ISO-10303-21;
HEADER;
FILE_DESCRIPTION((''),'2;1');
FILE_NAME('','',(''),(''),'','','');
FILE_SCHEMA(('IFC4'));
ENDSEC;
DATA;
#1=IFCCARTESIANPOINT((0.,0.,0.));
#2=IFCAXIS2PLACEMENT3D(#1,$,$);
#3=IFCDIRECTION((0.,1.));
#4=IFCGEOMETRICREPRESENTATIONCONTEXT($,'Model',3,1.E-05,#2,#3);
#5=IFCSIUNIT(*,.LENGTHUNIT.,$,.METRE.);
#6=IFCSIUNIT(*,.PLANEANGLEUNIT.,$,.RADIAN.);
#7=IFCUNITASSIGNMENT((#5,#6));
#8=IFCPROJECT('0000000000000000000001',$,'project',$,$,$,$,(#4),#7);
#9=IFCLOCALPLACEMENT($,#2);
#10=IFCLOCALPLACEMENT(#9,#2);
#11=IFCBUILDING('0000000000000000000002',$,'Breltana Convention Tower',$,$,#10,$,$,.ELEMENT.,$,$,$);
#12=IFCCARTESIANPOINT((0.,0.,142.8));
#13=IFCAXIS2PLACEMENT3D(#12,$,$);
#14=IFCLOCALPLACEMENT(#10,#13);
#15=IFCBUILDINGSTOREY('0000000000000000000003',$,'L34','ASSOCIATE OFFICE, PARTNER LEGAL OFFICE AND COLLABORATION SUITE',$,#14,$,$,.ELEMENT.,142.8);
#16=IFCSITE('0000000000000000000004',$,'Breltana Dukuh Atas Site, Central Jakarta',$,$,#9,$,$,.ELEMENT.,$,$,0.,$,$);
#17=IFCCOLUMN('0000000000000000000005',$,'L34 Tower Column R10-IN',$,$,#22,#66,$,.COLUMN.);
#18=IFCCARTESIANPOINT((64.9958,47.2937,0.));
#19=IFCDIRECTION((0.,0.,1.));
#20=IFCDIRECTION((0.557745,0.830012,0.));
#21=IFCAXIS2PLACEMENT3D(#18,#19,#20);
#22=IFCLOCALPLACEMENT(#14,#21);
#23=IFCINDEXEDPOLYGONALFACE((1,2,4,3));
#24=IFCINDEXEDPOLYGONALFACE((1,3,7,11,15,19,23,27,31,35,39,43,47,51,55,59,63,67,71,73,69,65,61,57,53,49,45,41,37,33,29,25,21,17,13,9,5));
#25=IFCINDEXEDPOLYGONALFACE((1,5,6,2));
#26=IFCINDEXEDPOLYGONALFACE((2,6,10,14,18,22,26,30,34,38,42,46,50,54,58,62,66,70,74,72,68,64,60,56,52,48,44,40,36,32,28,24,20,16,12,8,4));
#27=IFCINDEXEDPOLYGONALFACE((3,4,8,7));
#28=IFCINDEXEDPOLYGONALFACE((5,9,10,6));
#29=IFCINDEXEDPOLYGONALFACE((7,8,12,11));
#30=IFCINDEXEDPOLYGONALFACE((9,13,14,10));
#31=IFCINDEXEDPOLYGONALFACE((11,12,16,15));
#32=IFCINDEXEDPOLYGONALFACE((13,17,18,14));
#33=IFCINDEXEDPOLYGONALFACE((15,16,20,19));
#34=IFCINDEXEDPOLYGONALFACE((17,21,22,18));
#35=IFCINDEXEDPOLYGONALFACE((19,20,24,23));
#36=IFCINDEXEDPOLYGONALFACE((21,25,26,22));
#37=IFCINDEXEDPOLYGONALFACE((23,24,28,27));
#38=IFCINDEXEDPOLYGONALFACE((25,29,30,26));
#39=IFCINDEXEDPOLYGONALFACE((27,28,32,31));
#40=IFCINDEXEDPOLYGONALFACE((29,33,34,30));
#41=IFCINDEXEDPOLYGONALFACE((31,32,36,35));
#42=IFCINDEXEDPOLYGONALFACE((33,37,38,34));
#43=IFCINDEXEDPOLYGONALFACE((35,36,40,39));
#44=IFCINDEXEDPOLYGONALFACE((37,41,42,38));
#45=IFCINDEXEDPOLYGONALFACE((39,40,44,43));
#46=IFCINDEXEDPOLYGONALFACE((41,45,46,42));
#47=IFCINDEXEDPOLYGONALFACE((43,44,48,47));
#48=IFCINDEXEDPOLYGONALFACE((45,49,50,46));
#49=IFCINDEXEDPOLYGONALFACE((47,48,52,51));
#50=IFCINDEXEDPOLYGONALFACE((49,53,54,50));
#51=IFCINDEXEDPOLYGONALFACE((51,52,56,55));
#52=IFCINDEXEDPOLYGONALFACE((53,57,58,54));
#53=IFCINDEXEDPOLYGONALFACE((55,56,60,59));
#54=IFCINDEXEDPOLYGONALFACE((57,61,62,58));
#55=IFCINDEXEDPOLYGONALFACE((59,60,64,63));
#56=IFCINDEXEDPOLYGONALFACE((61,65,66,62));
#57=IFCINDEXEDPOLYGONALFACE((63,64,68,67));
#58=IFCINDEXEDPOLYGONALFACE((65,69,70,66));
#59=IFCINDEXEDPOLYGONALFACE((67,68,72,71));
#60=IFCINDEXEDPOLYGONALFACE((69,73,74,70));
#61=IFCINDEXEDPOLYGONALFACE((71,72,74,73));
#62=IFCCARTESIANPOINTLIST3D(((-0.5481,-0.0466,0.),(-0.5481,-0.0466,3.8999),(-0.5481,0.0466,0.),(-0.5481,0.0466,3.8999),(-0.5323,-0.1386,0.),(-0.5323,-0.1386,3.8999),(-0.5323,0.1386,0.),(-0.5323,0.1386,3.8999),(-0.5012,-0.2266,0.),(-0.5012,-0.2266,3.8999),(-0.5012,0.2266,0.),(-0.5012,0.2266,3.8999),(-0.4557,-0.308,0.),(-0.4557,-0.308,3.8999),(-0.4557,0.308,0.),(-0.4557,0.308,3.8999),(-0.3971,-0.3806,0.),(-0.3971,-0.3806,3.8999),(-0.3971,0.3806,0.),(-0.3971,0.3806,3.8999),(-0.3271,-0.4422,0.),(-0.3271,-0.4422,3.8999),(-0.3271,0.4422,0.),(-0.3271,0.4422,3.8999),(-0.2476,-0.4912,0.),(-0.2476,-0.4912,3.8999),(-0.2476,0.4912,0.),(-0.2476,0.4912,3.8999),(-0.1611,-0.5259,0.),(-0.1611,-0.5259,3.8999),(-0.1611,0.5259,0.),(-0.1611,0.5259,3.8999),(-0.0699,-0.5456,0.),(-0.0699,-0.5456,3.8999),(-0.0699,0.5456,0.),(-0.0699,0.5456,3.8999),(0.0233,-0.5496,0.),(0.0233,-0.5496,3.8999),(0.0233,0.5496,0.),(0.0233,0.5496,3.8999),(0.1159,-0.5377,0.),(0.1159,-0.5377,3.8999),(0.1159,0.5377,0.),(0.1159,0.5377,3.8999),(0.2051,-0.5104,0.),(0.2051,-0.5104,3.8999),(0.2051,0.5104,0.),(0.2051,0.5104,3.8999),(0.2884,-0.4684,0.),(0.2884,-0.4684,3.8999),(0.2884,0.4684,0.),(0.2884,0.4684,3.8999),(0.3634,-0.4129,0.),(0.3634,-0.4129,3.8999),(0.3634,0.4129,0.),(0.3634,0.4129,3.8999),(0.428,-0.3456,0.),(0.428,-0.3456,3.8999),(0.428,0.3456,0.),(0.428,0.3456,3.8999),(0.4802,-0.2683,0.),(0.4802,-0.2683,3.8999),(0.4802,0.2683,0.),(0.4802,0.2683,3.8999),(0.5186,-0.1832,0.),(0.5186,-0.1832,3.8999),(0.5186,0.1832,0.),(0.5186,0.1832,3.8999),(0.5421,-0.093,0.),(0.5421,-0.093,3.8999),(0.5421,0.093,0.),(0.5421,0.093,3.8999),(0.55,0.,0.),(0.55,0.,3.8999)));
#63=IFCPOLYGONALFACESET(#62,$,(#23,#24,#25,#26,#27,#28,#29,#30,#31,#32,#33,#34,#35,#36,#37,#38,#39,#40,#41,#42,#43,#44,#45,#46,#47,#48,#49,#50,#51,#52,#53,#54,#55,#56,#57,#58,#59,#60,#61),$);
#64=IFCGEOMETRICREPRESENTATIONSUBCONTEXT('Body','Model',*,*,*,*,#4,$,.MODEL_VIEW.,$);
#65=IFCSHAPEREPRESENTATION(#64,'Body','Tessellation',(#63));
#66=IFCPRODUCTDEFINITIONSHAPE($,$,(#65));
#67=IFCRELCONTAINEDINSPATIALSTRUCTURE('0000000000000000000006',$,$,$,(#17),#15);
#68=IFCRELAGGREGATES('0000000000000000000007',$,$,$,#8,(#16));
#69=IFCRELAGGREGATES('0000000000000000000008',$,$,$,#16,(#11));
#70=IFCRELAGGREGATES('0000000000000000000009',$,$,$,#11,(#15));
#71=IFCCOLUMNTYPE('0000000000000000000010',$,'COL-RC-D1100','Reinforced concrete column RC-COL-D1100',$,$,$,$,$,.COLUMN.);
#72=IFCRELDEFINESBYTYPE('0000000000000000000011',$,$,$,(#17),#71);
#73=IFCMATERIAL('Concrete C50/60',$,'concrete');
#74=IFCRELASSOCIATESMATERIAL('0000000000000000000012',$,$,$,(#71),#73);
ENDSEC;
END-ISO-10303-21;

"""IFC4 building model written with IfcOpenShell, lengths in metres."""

from ifc_helpers import new_model, si_unit, direction, frame, origin, origin_2d, place, context, subcontext, project, spatial, circle, extrude, source, transform, mapped, material, material_profile, profile_set, type_object, element, save


model = new_model("IFC4")

# Units and contexts
model_context = context("Model", 3, precision=1e-05, world=origin(), true_north=direction((0.0, 1.0)))
body_context = subcontext(model_context, "Body", "Model", "MODEL_VIEW")
ifc_project = project(units=[si_unit("LENGTHUNIT", "METRE"), si_unit("PLANEANGLEUNIT", "RADIAN")], contexts=[model_context])

# Site, building, storey
site_placement = place(None, origin())
site = spatial("IfcSite", under=ifc_project, at=site_placement, Name="Breltana Dukuh Atas Site, Central Jakarta", CompositionType="ELEMENT", RefElevation=0.0)
building_placement = place(site_placement, origin())
building = spatial("IfcBuilding", under=site, at=building_placement, Name="Breltana Convention Tower", CompositionType="ELEMENT")
storey_placement = place(building_placement, frame((0.0, 0.0, 142.8)))
storey = spatial("IfcBuildingStorey", under=building, at=storey_placement, Name="L34", Description="ASSOCIATE OFFICE, PARTNER LEGAL OFFICE AND COLLABORATION SUITE", CompositionType="ELEMENT", Elevation=142.8)

# Column
ifc_material_1 = material(Name="Concrete C50/60", Category="concrete")
ifc_material_profile_1 = material_profile(ifc_material_1, circle(Radius=0.55, at=origin_2d()), Name="RC-COL-D1100")
ifc_profile_set_1 = profile_set([ifc_material_profile_1], Name="Concrete C50/60")
column_type = type_object("IfcColumnType", Name="COL-RC-D1100", Description="Reinforced concrete column RC-COL-D1100", PredefinedType="COLUMN", material=ifc_profile_set_1)
shared_shape_1 = source(origin(), body_context, "Body", "SweptSolid", [
    extrude(circle(Radius=0.55, at=origin_2d()), origin(), (0.0, 0.0, 1.0), 3.8999),
])
for number, where, z_axis, x_axis, name in (
    (1, (64.9958, 47.2937, 0.0), (0.0, 0.0, 1.0), (0.557745, 0.830012, 0.0), "L34 Tower Column R10-IN"),
):
    element("IfcColumn", number, at=place(storey_placement, frame(where, z_axis=z_axis, x_axis=x_axis)), inside=storey, type_object=column_type, Name=name, PredefinedType="COLUMN", context=body_context, shape_type="MappedRepresentation", body=[
        mapped(shared_shape_1, transform((0.0, 0.0, 0.0), scale=1.0)),
    ])

save(model, "model.ifc")
